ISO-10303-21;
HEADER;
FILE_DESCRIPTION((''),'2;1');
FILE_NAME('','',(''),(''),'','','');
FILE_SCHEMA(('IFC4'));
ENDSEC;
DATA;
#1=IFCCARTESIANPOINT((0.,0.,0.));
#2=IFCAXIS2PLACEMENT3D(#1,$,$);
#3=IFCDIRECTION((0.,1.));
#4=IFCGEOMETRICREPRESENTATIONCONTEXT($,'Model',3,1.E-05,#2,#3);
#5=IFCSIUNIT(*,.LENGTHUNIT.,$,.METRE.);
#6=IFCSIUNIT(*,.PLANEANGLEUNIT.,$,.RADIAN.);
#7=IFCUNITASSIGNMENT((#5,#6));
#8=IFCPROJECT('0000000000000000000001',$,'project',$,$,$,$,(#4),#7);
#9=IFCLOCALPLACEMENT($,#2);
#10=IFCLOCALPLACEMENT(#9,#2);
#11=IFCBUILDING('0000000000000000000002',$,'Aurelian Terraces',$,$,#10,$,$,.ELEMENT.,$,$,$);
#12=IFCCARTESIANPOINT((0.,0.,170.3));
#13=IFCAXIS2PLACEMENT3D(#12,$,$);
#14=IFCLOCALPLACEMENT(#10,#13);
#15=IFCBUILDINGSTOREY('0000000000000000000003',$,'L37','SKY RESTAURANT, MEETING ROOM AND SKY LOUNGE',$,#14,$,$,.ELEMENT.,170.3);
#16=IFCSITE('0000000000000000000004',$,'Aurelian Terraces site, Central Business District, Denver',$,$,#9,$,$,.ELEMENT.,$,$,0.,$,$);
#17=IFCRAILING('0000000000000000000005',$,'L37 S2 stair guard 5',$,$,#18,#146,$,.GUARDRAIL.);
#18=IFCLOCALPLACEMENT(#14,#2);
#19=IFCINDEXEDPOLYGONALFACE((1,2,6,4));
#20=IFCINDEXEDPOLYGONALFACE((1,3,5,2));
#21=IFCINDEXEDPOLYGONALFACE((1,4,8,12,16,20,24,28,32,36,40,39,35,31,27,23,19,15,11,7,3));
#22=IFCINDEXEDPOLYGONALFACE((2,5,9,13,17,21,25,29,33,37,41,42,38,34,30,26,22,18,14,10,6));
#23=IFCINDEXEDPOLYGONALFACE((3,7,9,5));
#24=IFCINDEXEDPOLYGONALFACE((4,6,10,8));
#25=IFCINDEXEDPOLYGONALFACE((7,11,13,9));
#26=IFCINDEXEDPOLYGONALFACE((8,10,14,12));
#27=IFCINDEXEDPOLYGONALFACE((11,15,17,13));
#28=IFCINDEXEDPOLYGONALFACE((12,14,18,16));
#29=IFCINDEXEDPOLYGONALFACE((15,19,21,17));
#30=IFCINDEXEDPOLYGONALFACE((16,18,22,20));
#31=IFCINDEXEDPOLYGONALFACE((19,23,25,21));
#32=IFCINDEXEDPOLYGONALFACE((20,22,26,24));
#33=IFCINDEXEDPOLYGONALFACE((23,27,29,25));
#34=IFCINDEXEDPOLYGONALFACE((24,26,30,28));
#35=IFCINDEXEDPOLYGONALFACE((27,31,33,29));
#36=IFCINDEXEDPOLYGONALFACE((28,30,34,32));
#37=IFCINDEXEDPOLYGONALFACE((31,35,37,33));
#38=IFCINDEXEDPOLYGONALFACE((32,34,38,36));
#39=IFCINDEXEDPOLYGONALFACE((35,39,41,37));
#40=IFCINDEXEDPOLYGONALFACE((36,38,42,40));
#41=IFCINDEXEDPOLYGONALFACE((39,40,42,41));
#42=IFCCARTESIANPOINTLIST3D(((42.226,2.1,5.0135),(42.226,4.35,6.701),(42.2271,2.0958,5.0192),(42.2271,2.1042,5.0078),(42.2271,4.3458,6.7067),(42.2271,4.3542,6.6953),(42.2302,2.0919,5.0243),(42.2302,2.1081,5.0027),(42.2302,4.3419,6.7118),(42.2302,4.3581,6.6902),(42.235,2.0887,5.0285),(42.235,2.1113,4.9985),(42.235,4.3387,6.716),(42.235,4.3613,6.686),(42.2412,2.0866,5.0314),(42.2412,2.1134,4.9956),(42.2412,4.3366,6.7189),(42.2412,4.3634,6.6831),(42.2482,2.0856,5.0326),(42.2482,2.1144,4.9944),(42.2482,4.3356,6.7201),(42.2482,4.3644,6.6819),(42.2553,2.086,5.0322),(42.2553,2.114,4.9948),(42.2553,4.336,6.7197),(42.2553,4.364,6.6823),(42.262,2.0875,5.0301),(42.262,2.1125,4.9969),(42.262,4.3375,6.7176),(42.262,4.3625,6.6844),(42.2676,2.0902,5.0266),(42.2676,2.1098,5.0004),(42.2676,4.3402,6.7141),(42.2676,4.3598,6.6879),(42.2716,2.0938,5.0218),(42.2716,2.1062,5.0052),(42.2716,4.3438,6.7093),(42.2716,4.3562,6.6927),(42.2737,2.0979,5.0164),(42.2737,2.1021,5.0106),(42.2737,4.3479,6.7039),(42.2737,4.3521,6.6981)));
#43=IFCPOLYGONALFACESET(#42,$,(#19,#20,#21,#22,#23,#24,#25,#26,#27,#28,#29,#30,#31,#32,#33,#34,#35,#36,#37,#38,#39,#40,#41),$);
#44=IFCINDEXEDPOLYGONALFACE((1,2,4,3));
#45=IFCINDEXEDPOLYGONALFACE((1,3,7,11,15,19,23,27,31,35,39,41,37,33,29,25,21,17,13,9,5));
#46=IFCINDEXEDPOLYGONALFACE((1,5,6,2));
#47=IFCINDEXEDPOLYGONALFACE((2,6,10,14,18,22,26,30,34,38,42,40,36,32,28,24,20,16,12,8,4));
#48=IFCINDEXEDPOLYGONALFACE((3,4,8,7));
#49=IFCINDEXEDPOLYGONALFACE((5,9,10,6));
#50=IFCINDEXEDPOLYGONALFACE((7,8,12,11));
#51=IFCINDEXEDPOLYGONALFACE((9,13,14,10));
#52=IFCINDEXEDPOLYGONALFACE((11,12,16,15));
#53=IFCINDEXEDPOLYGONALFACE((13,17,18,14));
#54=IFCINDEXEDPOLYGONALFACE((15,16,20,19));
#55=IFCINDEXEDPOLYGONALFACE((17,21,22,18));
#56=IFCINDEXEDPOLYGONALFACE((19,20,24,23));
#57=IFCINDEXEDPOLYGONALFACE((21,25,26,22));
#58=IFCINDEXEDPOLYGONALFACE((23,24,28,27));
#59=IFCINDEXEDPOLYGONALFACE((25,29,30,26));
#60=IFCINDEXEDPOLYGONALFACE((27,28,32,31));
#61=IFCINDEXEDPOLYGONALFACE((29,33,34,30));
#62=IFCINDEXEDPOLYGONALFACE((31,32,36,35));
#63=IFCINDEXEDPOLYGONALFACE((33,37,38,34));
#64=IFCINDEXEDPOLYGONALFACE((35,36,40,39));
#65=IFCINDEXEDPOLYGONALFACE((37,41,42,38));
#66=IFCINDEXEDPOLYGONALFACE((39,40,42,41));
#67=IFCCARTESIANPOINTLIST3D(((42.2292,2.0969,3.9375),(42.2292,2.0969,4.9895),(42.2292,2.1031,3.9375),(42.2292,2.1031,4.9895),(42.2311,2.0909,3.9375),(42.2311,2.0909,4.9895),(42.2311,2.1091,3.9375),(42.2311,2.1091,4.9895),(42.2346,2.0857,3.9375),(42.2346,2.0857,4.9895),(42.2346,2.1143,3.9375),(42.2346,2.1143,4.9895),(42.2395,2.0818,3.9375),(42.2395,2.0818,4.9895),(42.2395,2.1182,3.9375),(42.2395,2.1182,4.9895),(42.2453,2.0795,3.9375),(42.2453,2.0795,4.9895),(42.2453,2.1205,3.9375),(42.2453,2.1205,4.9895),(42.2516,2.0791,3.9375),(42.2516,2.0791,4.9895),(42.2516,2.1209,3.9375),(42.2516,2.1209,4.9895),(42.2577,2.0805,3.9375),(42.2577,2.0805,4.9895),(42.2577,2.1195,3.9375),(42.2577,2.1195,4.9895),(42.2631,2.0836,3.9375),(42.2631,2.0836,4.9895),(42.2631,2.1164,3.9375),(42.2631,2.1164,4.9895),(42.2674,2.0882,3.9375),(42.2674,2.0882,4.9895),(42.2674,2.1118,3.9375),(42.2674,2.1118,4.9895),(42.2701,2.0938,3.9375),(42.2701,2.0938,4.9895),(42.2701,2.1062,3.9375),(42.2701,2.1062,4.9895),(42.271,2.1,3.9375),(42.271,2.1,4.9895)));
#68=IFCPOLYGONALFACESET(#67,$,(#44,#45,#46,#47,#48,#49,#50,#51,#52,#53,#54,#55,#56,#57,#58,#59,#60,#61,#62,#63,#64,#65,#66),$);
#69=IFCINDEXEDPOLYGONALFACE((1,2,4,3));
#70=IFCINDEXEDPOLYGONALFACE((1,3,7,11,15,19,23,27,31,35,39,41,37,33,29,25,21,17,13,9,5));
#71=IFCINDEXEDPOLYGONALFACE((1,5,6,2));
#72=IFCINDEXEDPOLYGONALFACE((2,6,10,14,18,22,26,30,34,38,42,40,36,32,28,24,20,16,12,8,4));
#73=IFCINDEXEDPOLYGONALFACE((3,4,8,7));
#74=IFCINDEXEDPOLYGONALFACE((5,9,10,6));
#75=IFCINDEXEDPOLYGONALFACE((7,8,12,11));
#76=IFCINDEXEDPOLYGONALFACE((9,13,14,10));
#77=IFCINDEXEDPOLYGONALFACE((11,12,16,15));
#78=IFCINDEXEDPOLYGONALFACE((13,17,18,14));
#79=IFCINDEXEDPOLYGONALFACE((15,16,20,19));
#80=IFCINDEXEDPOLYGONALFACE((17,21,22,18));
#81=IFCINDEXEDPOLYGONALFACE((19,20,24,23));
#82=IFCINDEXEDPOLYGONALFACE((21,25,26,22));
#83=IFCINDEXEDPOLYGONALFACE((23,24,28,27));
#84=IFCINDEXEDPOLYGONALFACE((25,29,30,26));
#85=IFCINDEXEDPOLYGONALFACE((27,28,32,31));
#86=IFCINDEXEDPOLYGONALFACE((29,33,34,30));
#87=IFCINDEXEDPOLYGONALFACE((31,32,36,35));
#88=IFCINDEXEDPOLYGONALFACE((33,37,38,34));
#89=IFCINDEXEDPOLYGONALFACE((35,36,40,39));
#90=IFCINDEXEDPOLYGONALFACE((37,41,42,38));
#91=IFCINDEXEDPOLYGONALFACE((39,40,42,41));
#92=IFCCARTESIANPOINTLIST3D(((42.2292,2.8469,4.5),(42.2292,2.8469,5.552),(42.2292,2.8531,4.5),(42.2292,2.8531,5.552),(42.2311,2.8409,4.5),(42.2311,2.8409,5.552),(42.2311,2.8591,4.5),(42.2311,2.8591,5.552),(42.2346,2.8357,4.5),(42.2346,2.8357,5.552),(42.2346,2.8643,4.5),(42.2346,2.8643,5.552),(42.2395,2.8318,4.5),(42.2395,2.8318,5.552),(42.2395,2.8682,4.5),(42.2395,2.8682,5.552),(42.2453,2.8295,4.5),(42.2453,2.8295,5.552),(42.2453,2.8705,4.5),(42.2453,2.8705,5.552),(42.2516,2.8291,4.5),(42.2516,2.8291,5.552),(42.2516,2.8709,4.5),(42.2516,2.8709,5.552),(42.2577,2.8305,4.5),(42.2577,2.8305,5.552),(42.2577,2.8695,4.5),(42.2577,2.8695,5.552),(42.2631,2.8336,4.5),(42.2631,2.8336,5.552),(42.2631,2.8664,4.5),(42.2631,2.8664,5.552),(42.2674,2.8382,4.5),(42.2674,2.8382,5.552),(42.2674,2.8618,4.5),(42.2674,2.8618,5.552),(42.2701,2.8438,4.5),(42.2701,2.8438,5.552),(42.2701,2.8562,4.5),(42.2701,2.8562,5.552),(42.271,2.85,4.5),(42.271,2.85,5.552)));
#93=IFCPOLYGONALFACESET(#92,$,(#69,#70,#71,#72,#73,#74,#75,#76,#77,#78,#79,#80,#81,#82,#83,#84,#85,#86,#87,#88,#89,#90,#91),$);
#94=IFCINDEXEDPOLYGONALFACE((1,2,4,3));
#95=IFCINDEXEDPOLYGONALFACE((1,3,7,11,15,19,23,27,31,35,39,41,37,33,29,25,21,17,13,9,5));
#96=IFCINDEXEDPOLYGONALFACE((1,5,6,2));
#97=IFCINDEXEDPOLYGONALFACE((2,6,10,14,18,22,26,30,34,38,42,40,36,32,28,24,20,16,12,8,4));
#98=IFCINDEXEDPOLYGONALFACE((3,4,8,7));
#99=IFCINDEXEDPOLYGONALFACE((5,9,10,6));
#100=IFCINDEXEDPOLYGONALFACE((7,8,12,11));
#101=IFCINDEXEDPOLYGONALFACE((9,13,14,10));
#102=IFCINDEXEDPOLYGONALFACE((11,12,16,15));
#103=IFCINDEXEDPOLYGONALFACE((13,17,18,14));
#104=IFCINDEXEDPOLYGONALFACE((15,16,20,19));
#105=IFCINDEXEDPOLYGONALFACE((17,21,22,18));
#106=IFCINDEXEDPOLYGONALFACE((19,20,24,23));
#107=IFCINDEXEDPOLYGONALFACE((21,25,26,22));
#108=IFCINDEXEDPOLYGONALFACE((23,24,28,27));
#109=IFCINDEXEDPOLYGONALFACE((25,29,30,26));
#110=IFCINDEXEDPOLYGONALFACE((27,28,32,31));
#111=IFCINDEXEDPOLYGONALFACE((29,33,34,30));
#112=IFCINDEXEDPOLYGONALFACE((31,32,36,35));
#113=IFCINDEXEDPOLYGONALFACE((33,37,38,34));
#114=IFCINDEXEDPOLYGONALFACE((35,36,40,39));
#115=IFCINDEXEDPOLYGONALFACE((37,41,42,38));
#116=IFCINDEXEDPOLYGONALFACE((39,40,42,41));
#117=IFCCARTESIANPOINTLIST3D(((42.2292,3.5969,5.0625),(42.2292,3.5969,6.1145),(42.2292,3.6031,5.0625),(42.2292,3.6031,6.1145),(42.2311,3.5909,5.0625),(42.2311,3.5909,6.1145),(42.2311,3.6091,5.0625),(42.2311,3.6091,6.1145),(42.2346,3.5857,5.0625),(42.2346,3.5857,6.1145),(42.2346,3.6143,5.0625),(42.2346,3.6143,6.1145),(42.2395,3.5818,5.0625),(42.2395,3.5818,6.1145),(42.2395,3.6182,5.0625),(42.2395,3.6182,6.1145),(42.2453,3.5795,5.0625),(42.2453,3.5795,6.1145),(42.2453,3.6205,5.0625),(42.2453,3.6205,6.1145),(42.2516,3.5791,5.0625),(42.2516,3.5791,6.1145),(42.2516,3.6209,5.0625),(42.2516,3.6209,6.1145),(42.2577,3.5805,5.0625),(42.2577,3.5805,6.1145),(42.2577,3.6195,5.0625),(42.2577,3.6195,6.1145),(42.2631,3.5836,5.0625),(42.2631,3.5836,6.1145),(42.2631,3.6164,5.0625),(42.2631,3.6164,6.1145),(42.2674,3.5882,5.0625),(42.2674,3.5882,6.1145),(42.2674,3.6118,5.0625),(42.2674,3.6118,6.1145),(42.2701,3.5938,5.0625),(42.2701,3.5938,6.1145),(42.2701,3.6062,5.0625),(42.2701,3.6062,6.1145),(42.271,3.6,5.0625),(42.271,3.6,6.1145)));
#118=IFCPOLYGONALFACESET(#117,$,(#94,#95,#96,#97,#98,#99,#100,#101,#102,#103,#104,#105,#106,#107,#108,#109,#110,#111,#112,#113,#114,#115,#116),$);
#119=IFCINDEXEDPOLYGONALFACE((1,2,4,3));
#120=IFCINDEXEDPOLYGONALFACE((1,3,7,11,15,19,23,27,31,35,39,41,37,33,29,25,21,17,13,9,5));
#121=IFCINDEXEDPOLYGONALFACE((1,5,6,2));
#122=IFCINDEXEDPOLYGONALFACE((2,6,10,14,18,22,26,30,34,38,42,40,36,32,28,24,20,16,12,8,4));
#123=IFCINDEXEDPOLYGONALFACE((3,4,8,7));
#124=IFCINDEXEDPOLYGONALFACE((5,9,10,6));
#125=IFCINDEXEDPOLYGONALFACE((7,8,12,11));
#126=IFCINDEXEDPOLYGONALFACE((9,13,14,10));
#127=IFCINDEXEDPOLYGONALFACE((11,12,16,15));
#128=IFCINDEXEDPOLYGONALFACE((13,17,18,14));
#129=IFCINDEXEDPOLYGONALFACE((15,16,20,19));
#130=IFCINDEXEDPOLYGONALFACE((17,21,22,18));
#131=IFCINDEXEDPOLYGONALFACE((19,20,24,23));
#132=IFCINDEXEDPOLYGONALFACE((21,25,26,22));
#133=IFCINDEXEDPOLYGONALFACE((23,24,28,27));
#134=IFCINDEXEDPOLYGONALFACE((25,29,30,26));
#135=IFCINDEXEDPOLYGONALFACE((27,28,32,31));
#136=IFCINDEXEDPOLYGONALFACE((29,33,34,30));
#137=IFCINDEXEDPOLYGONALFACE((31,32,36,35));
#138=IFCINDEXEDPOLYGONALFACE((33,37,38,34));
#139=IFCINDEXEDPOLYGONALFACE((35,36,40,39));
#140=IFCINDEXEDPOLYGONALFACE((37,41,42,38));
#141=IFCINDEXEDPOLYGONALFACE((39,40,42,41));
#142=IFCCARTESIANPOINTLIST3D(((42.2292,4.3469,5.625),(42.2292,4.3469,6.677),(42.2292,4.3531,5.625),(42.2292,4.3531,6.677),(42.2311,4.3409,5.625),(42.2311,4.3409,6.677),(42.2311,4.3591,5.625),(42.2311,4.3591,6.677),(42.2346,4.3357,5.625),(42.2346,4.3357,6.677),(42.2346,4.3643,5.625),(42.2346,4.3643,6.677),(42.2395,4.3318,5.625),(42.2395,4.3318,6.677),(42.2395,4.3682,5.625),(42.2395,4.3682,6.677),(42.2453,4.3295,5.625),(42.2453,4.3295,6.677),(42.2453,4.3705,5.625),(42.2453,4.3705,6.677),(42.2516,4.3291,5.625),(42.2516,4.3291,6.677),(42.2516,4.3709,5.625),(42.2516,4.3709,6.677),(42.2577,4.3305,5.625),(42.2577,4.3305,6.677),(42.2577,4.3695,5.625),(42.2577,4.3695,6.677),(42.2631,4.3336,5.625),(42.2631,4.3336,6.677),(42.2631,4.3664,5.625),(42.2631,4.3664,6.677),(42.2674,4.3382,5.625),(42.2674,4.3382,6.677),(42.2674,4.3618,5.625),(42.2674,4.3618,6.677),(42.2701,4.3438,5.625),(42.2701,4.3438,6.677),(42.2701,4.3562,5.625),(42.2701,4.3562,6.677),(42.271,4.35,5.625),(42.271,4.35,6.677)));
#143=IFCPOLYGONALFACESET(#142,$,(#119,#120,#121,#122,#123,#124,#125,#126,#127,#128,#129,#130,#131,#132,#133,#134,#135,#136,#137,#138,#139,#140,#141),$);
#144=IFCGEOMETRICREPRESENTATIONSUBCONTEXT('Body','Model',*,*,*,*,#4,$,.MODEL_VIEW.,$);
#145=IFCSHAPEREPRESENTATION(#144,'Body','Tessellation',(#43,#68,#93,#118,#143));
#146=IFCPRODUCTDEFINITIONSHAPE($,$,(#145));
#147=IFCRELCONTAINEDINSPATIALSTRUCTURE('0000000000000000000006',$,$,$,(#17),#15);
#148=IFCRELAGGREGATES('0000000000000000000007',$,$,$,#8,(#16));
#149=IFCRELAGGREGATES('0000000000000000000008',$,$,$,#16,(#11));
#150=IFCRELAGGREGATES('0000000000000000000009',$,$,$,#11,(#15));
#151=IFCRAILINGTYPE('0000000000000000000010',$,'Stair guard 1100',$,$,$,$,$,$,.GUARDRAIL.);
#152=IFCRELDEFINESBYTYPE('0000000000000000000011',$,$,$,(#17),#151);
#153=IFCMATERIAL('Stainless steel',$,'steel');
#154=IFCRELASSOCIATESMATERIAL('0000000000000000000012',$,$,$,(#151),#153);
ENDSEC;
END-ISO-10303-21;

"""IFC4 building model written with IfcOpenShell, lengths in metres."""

from ifc_helpers import new_model, si_unit, direction, frame, origin, origin_2d, place, context, subcontext, project, spatial, circle, extrude, source, transform, mapped, material, type_object, element, save


model = new_model("IFC4")

# Units and contexts
model_context = context("Model", 3, precision=1e-05, world=origin(), true_north=direction((0.0, 1.0)))
body_context = subcontext(model_context, "Body", "Model", "MODEL_VIEW")
ifc_project = project(units=[si_unit("LENGTHUNIT", "METRE"), si_unit("PLANEANGLEUNIT", "RADIAN")], contexts=[model_context])

# Site, building, storey
site_placement = place(None, origin())
site = spatial("IfcSite", under=ifc_project, at=site_placement, Name="Aurelian Terraces site, Central Business District, Denver", CompositionType="ELEMENT", RefElevation=0.0)
building_placement = place(site_placement, origin())
building = spatial("IfcBuilding", under=site, at=building_placement, Name="Aurelian Terraces", CompositionType="ELEMENT")
storey_placement = place(building_placement, frame((0.0, 0.0, 170.3)))
storey = spatial("IfcBuildingStorey", under=building, at=storey_placement, Name="L37", Description="SKY RESTAURANT, MEETING ROOM AND SKY LOUNGE", CompositionType="ELEMENT", Elevation=170.3)

# Railing
ifc_material_1 = material(Name="Stainless steel", Category="steel")
railing_type_1 = type_object("IfcRailingType", Name="Stair guard 1100", PredefinedType="GUARDRAIL", material=ifc_material_1)
shared_shape_1 = source(origin(), body_context, "Body", "SweptSolid", [
    extrude(circle(Radius=0.024, at=origin_2d()), frame((0.0, 0.0, 1.076), z_axis=(0.0, 0.8, 0.6), x_axis=(-1.0, 0.0, 0.0)), (0.0, 0.0, 1.0), 2.8125),
    extrude(circle(Radius=0.021, at=origin_2d()), origin(), (0.0, 0.0, 1.0), 1.052),
    extrude(circle(Radius=0.021, at=origin_2d()), frame((0.0, 0.75, 0.5625)), (0.0, 0.0, 1.0), 1.052),
    extrude(circle(Radius=0.021, at=origin_2d()), frame((0.0, 1.5, 1.125)), (0.0, 0.0, 1.0), 1.052),
    extrude(circle(Radius=0.021, at=origin_2d()), frame((0.0, 2.25, 1.6875)), (0.0, 0.0, 1.0), 1.052),
])
for number, where, name in (
    (1, (42.25, 2.1, 3.9375), "L37 S2 stair guard 5"),
):
    element("IfcRailing", number, at=place(storey_placement, frame(where)), inside=storey, type_object=railing_type_1, Name=name, PredefinedType="GUARDRAIL", context=body_context, shape_type="MappedRepresentation", body=[
        mapped(shared_shape_1, transform((0.0, 0.0, 0.0), scale=1.0)),
    ])

save(model, "model.ifc")
